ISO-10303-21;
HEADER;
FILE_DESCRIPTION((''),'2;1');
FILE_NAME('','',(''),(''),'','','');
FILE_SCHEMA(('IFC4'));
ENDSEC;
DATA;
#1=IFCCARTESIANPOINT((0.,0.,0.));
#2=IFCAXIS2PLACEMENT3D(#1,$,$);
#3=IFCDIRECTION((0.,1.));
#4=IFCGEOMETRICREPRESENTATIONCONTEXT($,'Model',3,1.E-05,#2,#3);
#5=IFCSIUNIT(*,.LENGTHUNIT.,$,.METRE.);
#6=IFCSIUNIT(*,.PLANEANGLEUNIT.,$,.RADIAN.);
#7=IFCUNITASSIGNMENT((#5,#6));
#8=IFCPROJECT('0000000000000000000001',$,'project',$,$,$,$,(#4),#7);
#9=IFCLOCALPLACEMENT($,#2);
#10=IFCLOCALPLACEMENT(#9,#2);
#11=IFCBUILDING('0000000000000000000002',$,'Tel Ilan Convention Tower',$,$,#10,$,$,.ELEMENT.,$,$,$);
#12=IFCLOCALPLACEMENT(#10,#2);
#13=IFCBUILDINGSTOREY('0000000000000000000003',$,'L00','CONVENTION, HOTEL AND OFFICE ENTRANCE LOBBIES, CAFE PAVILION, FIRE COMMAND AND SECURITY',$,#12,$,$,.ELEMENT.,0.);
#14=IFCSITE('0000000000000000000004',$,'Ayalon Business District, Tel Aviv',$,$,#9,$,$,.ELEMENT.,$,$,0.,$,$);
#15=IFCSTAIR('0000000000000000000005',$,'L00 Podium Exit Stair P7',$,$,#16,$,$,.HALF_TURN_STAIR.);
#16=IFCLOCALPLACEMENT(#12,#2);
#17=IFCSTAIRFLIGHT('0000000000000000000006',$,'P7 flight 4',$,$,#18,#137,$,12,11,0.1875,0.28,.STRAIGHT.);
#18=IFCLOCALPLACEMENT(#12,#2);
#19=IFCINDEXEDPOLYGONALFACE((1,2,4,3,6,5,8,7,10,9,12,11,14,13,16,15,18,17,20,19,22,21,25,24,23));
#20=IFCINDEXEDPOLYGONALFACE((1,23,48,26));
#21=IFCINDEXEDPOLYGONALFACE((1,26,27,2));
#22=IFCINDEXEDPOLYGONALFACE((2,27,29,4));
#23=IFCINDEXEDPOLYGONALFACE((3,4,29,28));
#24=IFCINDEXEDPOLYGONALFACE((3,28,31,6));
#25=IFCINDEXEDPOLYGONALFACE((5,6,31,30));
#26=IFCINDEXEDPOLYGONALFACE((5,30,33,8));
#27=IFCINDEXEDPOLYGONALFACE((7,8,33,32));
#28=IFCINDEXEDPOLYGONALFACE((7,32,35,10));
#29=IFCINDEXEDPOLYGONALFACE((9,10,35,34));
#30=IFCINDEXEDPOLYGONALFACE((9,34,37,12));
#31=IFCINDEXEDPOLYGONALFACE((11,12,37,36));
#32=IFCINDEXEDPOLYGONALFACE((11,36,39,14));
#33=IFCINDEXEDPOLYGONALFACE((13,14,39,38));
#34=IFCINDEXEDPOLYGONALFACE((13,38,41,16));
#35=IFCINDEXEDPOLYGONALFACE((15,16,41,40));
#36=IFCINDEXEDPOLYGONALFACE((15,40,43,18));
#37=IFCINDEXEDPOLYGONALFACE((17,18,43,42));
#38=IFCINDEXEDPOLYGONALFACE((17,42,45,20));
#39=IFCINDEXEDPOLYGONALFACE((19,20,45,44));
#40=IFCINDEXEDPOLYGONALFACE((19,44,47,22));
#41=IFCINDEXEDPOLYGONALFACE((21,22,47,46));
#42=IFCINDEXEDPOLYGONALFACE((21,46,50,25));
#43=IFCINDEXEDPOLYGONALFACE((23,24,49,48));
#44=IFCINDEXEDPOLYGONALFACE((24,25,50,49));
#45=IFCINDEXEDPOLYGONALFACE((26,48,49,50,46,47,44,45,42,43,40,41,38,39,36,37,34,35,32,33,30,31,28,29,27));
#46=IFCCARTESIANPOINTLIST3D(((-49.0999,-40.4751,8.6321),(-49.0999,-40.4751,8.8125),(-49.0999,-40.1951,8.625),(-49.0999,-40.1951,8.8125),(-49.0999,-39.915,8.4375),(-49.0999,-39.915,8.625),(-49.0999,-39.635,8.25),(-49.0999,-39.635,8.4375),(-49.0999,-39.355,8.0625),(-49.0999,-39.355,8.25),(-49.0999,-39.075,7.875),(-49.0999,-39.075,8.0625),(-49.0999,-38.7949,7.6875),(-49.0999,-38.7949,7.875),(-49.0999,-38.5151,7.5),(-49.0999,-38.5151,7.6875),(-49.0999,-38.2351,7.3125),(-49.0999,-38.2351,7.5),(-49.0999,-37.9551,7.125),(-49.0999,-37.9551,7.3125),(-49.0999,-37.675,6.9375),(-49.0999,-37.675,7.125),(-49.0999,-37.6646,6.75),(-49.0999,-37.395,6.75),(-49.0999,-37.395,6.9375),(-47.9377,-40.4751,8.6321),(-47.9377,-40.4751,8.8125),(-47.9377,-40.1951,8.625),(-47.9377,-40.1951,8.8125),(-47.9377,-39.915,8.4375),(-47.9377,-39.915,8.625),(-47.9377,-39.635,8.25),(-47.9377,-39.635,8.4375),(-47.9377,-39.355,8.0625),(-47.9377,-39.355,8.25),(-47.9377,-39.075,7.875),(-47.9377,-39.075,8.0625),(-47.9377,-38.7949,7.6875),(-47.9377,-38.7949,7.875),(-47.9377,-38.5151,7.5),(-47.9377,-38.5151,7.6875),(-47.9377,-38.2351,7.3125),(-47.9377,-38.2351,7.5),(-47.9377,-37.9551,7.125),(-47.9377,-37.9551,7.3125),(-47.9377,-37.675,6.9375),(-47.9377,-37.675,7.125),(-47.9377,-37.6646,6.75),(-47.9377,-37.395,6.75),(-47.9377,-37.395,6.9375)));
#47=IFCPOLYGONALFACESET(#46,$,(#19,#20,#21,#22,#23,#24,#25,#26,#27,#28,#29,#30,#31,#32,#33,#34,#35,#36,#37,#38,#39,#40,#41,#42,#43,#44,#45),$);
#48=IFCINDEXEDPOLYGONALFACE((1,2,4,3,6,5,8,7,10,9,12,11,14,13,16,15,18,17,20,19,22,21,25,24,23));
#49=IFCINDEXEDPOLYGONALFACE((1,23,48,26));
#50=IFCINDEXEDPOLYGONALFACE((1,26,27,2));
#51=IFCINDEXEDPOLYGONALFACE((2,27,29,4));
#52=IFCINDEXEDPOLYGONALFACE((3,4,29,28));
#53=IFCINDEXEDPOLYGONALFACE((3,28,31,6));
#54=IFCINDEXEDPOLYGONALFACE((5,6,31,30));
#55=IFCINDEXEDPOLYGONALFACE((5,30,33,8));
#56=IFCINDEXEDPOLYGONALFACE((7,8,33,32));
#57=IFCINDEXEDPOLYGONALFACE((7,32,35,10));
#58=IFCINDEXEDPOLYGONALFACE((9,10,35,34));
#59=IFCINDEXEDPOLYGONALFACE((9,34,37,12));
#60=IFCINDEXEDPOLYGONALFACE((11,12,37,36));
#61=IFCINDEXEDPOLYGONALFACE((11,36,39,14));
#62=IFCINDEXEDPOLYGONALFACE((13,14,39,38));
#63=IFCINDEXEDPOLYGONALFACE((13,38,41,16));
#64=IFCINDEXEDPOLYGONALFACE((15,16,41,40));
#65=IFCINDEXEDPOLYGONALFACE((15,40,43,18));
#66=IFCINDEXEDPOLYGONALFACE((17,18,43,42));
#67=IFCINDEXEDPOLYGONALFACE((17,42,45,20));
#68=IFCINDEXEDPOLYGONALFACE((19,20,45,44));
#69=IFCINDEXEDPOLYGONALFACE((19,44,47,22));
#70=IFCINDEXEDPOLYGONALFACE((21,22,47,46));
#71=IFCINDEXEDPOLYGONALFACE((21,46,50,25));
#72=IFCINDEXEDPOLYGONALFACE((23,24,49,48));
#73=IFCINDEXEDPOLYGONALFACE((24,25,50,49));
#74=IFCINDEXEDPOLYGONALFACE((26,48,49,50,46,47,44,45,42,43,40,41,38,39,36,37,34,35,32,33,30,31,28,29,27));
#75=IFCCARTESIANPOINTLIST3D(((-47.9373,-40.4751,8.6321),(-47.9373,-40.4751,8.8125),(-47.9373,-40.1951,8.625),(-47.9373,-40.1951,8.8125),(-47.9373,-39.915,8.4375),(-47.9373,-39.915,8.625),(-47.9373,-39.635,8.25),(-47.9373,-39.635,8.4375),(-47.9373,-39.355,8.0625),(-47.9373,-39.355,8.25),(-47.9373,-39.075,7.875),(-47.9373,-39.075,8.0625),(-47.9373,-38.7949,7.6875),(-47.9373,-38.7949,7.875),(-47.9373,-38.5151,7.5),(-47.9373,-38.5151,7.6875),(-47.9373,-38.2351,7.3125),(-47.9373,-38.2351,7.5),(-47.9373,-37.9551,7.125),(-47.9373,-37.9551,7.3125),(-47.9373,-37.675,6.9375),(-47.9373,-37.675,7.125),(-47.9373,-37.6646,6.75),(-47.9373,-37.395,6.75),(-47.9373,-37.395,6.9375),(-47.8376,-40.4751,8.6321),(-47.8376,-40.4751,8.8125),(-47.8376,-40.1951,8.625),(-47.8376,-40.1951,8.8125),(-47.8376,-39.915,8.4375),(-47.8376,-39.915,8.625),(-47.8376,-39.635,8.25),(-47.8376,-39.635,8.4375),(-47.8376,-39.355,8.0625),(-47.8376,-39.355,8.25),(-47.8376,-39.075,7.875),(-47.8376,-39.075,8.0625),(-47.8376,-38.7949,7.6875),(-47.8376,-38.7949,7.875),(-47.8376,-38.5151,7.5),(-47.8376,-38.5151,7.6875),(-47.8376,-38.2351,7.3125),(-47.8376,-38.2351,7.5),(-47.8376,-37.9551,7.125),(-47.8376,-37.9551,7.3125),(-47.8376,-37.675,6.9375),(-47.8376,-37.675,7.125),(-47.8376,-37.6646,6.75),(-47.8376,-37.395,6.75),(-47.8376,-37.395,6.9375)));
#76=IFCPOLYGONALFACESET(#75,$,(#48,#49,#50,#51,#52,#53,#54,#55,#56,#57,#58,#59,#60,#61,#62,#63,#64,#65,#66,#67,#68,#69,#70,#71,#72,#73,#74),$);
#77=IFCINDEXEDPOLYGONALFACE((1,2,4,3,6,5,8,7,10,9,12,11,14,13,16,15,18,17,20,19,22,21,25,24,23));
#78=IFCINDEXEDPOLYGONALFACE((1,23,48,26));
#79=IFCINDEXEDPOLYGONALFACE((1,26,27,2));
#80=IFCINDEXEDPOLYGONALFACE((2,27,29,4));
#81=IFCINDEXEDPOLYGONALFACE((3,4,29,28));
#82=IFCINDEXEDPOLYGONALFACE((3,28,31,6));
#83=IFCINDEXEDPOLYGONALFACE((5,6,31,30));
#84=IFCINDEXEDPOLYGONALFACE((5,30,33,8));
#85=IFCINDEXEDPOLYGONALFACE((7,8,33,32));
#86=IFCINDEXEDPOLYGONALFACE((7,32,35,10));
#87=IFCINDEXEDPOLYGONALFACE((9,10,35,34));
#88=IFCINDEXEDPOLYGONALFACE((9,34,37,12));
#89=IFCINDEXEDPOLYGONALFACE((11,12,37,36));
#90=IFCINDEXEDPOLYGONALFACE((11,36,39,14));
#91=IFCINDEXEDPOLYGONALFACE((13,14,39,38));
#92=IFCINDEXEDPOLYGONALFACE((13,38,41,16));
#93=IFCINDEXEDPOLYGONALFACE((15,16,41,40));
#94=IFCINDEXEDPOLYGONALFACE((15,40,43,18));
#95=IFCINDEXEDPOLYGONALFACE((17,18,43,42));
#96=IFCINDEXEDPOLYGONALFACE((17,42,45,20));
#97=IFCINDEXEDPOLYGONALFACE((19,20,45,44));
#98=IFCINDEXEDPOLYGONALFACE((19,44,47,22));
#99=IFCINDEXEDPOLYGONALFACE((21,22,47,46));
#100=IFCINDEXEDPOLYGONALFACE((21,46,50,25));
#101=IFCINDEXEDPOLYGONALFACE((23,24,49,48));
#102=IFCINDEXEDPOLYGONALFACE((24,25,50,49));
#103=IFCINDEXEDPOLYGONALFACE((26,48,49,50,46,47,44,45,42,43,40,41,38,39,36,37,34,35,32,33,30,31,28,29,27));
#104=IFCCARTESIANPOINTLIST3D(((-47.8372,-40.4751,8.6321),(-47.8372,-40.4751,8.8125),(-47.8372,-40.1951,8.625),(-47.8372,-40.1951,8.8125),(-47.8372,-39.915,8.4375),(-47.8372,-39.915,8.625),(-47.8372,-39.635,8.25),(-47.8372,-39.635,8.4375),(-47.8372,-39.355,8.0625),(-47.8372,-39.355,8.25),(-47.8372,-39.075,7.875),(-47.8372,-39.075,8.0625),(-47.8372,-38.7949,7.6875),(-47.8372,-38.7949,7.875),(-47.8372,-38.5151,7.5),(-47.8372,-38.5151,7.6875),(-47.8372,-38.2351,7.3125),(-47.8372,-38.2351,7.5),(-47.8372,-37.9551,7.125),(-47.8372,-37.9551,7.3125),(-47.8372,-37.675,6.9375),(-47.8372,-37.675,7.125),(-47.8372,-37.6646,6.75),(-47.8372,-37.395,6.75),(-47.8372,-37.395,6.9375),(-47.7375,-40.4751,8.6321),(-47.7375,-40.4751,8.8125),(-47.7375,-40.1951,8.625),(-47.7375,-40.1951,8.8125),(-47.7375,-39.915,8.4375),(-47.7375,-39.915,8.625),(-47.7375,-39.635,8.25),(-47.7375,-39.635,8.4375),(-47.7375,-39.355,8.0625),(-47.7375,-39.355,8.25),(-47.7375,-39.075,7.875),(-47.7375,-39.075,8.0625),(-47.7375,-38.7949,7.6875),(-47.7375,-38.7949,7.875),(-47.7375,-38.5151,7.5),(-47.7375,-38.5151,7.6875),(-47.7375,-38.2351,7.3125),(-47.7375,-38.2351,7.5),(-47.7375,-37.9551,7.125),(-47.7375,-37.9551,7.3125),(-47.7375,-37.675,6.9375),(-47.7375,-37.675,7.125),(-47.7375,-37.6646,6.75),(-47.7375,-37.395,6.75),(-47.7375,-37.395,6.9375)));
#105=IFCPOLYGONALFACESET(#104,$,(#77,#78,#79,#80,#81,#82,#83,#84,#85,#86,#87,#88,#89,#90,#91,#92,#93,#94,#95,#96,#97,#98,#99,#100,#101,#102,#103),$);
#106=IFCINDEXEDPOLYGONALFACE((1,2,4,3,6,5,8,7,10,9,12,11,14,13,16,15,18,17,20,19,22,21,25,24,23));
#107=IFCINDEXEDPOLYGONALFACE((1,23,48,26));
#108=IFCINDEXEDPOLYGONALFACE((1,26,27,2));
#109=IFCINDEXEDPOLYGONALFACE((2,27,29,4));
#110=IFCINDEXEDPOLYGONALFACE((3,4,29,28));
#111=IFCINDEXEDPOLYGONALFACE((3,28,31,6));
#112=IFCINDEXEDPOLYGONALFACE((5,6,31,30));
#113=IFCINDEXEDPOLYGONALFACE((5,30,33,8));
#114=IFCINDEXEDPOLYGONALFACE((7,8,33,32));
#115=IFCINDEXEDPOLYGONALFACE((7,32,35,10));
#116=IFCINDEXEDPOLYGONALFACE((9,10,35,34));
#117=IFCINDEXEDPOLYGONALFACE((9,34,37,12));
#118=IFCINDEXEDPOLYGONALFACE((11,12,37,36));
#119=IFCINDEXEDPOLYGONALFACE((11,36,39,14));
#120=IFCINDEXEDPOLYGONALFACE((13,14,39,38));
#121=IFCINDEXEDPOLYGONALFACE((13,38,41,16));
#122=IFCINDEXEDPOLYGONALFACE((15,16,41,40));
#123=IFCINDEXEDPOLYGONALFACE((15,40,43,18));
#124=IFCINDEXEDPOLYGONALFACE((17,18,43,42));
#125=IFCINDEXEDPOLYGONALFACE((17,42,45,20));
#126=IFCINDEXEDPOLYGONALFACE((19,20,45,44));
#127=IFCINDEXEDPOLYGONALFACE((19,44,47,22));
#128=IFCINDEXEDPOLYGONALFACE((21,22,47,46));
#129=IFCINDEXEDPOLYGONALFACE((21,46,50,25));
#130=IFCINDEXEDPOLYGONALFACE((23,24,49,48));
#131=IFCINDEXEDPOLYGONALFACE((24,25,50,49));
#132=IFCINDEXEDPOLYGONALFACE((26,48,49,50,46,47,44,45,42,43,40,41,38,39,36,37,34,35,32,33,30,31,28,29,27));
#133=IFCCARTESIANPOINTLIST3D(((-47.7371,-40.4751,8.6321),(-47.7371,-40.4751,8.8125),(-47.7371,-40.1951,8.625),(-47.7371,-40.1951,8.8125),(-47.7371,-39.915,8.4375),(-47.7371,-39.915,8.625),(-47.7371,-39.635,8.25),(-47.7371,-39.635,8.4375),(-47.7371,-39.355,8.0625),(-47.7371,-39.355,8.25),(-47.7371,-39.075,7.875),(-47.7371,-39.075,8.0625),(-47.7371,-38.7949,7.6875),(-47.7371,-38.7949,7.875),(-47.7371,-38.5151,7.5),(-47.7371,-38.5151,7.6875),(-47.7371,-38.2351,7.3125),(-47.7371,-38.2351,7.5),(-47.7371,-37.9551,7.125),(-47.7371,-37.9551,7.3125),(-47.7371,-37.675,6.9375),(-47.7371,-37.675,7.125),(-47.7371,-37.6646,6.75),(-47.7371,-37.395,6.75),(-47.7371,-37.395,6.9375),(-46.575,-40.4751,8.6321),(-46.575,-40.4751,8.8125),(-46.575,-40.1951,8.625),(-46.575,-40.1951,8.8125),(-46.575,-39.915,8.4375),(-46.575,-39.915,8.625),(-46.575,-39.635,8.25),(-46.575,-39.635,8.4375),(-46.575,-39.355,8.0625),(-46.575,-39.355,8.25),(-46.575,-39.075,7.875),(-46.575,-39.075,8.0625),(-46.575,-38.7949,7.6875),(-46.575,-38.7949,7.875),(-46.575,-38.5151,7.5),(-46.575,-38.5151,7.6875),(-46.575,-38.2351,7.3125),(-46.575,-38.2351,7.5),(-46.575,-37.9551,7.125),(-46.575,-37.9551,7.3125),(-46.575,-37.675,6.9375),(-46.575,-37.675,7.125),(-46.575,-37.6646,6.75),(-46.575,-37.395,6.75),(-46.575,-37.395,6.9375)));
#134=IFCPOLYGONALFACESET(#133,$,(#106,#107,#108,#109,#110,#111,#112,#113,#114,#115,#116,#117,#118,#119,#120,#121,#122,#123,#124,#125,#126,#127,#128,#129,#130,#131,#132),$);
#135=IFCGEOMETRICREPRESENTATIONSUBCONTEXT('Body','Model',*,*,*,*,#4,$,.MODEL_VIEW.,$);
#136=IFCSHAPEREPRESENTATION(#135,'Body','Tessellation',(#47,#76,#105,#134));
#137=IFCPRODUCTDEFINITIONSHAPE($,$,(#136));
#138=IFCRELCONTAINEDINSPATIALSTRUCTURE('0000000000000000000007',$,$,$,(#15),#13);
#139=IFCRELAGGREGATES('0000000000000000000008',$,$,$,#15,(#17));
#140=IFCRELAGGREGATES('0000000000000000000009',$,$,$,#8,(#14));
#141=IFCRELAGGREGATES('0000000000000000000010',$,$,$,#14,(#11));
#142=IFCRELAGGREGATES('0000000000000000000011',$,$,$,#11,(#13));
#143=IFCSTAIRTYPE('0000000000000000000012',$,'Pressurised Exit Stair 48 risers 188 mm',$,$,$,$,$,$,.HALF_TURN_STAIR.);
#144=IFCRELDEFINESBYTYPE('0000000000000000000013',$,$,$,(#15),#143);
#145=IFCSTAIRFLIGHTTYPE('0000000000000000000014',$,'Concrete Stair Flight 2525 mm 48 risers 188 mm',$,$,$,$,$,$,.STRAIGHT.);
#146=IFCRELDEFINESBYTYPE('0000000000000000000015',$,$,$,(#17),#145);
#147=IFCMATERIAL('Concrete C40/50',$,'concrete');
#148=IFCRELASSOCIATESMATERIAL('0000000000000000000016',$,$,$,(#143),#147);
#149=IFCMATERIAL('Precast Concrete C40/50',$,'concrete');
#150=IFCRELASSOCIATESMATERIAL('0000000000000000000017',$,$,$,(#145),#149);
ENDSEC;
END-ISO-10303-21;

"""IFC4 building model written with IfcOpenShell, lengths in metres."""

from ifc_helpers import new_model, si_unit, direction, frame, origin, place, context, subcontext, project, spatial, polyline, outline, extrude, material, type_object, element, aggregate, save


model = new_model("IFC4")

# Units and contexts
model_context = context("Model", 3, precision=1e-05, world=origin(), true_north=direction((0.0, 1.0)))
body_context = subcontext(model_context, "Body", "Model", "MODEL_VIEW")
ifc_project = project(units=[si_unit("LENGTHUNIT", "METRE"), si_unit("PLANEANGLEUNIT", "RADIAN")], contexts=[model_context])

# Site, building, storey
site_placement = place(None, origin())
site = spatial("IfcSite", under=ifc_project, at=site_placement, Name="Ayalon Business District, Tel Aviv", CompositionType="ELEMENT", RefElevation=0.0)
building_placement = place(site_placement, origin())
building = spatial("IfcBuilding", under=site, at=building_placement, Name="Tel Ilan Convention Tower", CompositionType="ELEMENT")
storey_placement = place(building_placement, origin())
storey = spatial("IfcBuildingStorey", under=building, at=storey_placement, Name="L00", Description="CONVENTION, HOTEL AND OFFICE ENTRANCE LOBBIES, CAFE PAVILION, FIRE COMMAND AND SECURITY", CompositionType="ELEMENT", Elevation=0.0)

# Stair, stair flight
ifc_material_1 = material(Name="Concrete C40/50", Category="concrete")
stair_type = type_object("IfcStairType", Name="Pressurised Exit Stair 48 risers 188 mm", PredefinedType="HALF_TURN_STAIR", material=ifc_material_1)
ifc_material_2 = material(Name="Precast Concrete C40/50", Category="concrete")
stair_flight_type = type_object("IfcStairFlightType", Name="Concrete Stair Flight 2525 mm 48 risers 188 mm", PredefinedType="STRAIGHT", material=ifc_material_2)
stair_1_placement = place(storey_placement, origin())
stair_1 = element("IfcStair", 1, at=stair_1_placement, inside=storey, type_object=stair_type, Name="L00 Podium Exit Stair P7", PredefinedType="HALF_TURN_STAIR")
stair_flight_1_placement = place(storey_placement, frame((-47.8374, -37.395, 6.75), z_axis=(0.0, 0.0, 1.0), x_axis=(0.0, -1.0, 0.0)))
stair_flight_1 = element("IfcStairFlight", 2, at=stair_flight_1_placement, type_object=stair_flight_type, Name="P7 flight 4", NumberOfRisers=12, NumberOfTreads=11, PredefinedType="STRAIGHT", RiserHeight=0.1875, TreadLength=0.28, context=body_context, shape_type="SweptSolid", body=[
    extrude(outline(polyline([(0.0, 0.0), (0.0, 0.1875), (0.28, 0.1875), (0.28, 0.375), (0.5601, 0.375), (0.5601, 0.5625), (0.8401, 0.5625), (0.8401, 0.75), (1.1201, 0.75), (1.1201, 0.9375), (1.3999, 0.9375), (1.3999, 1.125), (1.6799, 1.125), (1.6799, 1.3125), (1.96, 1.3125), (1.96, 1.5), (2.24, 1.5), (2.24, 1.6875), (2.52, 1.6875), (2.52, 1.875), (2.8, 1.875), (2.8, 2.0625), (3.0801, 2.0625), (3.0801, 2.25), (3.0801, 1.8821), (0.2695, 0.0), (0.0, 0.0)])), frame((0.0, -0.1003, 0.0), z_axis=(0.0, -1.0, 0.0), x_axis=(1.0, 0.0, 0.0)), (0.0, 0.0, 1.0), 1.1621),
    extrude(outline(polyline([(0.0, 0.0), (0.0, 0.1875), (0.28, 0.1875), (0.28, 0.375), (0.5601, 0.375), (0.5601, 0.5625), (0.8401, 0.5625), (0.8401, 0.75), (1.1201, 0.75), (1.1201, 0.9375), (1.3999, 0.9375), (1.3999, 1.125), (1.6799, 1.125), (1.6799, 1.3125), (1.96, 1.3125), (1.96, 1.5), (2.24, 1.5), (2.24, 1.6875), (2.52, 1.6875), (2.52, 1.875), (2.8, 1.875), (2.8, 2.0625), (3.0801, 2.0625), (3.0801, 2.25), (3.0801, 1.8821), (0.2695, 0.0), (0.0, 0.0)])), frame((0.0, -0.0002, 0.0), z_axis=(0.0, -1.0, 0.0), x_axis=(1.0, 0.0, 0.0)), (0.0, 0.0, 1.0), 0.0996),
    extrude(outline(polyline([(0.0, 0.0), (0.0, 0.1875), (0.28, 0.1875), (0.28, 0.375), (0.5601, 0.375), (0.5601, 0.5625), (0.8401, 0.5625), (0.8401, 0.75), (1.1201, 0.75), (1.1201, 0.9375), (1.3999, 0.9375), (1.3999, 1.125), (1.6799, 1.125), (1.6799, 1.3125), (1.96, 1.3125), (1.96, 1.5), (2.24, 1.5), (2.24, 1.6875), (2.52, 1.6875), (2.52, 1.875), (2.8, 1.875), (2.8, 2.0625), (3.0801, 2.0625), (3.0801, 2.25), (3.0801, 1.8821), (0.2695, 0.0), (0.0, 0.0)])), frame((0.0, 0.0999, 0.0), z_axis=(0.0, -1.0, 0.0), x_axis=(1.0, 0.0, 0.0)), (0.0, 0.0, 1.0), 0.0996),
    extrude(outline(polyline([(0.0, 0.0), (0.0, 0.1875), (0.28, 0.1875), (0.28, 0.375), (0.5601, 0.375), (0.5601, 0.5625), (0.8401, 0.5625), (0.8401, 0.75), (1.1201, 0.75), (1.1201, 0.9375), (1.3999, 0.9375), (1.3999, 1.125), (1.6799, 1.125), (1.6799, 1.3125), (1.96, 1.3125), (1.96, 1.5), (2.24, 1.5), (2.24, 1.6875), (2.52, 1.6875), (2.52, 1.875), (2.8, 1.875), (2.8, 2.0625), (3.0801, 2.0625), (3.0801, 2.25), (3.0801, 1.8821), (0.2695, 0.0), (0.0, 0.0)])), frame((0.0, 1.2625, 0.0), z_axis=(0.0, -1.0, 0.0), x_axis=(1.0, 0.0, 0.0)), (0.0, 0.0, 1.0), 1.1621),
])
aggregate(stair_1, [stair_flight_1])

save(model, "model.ifc")
